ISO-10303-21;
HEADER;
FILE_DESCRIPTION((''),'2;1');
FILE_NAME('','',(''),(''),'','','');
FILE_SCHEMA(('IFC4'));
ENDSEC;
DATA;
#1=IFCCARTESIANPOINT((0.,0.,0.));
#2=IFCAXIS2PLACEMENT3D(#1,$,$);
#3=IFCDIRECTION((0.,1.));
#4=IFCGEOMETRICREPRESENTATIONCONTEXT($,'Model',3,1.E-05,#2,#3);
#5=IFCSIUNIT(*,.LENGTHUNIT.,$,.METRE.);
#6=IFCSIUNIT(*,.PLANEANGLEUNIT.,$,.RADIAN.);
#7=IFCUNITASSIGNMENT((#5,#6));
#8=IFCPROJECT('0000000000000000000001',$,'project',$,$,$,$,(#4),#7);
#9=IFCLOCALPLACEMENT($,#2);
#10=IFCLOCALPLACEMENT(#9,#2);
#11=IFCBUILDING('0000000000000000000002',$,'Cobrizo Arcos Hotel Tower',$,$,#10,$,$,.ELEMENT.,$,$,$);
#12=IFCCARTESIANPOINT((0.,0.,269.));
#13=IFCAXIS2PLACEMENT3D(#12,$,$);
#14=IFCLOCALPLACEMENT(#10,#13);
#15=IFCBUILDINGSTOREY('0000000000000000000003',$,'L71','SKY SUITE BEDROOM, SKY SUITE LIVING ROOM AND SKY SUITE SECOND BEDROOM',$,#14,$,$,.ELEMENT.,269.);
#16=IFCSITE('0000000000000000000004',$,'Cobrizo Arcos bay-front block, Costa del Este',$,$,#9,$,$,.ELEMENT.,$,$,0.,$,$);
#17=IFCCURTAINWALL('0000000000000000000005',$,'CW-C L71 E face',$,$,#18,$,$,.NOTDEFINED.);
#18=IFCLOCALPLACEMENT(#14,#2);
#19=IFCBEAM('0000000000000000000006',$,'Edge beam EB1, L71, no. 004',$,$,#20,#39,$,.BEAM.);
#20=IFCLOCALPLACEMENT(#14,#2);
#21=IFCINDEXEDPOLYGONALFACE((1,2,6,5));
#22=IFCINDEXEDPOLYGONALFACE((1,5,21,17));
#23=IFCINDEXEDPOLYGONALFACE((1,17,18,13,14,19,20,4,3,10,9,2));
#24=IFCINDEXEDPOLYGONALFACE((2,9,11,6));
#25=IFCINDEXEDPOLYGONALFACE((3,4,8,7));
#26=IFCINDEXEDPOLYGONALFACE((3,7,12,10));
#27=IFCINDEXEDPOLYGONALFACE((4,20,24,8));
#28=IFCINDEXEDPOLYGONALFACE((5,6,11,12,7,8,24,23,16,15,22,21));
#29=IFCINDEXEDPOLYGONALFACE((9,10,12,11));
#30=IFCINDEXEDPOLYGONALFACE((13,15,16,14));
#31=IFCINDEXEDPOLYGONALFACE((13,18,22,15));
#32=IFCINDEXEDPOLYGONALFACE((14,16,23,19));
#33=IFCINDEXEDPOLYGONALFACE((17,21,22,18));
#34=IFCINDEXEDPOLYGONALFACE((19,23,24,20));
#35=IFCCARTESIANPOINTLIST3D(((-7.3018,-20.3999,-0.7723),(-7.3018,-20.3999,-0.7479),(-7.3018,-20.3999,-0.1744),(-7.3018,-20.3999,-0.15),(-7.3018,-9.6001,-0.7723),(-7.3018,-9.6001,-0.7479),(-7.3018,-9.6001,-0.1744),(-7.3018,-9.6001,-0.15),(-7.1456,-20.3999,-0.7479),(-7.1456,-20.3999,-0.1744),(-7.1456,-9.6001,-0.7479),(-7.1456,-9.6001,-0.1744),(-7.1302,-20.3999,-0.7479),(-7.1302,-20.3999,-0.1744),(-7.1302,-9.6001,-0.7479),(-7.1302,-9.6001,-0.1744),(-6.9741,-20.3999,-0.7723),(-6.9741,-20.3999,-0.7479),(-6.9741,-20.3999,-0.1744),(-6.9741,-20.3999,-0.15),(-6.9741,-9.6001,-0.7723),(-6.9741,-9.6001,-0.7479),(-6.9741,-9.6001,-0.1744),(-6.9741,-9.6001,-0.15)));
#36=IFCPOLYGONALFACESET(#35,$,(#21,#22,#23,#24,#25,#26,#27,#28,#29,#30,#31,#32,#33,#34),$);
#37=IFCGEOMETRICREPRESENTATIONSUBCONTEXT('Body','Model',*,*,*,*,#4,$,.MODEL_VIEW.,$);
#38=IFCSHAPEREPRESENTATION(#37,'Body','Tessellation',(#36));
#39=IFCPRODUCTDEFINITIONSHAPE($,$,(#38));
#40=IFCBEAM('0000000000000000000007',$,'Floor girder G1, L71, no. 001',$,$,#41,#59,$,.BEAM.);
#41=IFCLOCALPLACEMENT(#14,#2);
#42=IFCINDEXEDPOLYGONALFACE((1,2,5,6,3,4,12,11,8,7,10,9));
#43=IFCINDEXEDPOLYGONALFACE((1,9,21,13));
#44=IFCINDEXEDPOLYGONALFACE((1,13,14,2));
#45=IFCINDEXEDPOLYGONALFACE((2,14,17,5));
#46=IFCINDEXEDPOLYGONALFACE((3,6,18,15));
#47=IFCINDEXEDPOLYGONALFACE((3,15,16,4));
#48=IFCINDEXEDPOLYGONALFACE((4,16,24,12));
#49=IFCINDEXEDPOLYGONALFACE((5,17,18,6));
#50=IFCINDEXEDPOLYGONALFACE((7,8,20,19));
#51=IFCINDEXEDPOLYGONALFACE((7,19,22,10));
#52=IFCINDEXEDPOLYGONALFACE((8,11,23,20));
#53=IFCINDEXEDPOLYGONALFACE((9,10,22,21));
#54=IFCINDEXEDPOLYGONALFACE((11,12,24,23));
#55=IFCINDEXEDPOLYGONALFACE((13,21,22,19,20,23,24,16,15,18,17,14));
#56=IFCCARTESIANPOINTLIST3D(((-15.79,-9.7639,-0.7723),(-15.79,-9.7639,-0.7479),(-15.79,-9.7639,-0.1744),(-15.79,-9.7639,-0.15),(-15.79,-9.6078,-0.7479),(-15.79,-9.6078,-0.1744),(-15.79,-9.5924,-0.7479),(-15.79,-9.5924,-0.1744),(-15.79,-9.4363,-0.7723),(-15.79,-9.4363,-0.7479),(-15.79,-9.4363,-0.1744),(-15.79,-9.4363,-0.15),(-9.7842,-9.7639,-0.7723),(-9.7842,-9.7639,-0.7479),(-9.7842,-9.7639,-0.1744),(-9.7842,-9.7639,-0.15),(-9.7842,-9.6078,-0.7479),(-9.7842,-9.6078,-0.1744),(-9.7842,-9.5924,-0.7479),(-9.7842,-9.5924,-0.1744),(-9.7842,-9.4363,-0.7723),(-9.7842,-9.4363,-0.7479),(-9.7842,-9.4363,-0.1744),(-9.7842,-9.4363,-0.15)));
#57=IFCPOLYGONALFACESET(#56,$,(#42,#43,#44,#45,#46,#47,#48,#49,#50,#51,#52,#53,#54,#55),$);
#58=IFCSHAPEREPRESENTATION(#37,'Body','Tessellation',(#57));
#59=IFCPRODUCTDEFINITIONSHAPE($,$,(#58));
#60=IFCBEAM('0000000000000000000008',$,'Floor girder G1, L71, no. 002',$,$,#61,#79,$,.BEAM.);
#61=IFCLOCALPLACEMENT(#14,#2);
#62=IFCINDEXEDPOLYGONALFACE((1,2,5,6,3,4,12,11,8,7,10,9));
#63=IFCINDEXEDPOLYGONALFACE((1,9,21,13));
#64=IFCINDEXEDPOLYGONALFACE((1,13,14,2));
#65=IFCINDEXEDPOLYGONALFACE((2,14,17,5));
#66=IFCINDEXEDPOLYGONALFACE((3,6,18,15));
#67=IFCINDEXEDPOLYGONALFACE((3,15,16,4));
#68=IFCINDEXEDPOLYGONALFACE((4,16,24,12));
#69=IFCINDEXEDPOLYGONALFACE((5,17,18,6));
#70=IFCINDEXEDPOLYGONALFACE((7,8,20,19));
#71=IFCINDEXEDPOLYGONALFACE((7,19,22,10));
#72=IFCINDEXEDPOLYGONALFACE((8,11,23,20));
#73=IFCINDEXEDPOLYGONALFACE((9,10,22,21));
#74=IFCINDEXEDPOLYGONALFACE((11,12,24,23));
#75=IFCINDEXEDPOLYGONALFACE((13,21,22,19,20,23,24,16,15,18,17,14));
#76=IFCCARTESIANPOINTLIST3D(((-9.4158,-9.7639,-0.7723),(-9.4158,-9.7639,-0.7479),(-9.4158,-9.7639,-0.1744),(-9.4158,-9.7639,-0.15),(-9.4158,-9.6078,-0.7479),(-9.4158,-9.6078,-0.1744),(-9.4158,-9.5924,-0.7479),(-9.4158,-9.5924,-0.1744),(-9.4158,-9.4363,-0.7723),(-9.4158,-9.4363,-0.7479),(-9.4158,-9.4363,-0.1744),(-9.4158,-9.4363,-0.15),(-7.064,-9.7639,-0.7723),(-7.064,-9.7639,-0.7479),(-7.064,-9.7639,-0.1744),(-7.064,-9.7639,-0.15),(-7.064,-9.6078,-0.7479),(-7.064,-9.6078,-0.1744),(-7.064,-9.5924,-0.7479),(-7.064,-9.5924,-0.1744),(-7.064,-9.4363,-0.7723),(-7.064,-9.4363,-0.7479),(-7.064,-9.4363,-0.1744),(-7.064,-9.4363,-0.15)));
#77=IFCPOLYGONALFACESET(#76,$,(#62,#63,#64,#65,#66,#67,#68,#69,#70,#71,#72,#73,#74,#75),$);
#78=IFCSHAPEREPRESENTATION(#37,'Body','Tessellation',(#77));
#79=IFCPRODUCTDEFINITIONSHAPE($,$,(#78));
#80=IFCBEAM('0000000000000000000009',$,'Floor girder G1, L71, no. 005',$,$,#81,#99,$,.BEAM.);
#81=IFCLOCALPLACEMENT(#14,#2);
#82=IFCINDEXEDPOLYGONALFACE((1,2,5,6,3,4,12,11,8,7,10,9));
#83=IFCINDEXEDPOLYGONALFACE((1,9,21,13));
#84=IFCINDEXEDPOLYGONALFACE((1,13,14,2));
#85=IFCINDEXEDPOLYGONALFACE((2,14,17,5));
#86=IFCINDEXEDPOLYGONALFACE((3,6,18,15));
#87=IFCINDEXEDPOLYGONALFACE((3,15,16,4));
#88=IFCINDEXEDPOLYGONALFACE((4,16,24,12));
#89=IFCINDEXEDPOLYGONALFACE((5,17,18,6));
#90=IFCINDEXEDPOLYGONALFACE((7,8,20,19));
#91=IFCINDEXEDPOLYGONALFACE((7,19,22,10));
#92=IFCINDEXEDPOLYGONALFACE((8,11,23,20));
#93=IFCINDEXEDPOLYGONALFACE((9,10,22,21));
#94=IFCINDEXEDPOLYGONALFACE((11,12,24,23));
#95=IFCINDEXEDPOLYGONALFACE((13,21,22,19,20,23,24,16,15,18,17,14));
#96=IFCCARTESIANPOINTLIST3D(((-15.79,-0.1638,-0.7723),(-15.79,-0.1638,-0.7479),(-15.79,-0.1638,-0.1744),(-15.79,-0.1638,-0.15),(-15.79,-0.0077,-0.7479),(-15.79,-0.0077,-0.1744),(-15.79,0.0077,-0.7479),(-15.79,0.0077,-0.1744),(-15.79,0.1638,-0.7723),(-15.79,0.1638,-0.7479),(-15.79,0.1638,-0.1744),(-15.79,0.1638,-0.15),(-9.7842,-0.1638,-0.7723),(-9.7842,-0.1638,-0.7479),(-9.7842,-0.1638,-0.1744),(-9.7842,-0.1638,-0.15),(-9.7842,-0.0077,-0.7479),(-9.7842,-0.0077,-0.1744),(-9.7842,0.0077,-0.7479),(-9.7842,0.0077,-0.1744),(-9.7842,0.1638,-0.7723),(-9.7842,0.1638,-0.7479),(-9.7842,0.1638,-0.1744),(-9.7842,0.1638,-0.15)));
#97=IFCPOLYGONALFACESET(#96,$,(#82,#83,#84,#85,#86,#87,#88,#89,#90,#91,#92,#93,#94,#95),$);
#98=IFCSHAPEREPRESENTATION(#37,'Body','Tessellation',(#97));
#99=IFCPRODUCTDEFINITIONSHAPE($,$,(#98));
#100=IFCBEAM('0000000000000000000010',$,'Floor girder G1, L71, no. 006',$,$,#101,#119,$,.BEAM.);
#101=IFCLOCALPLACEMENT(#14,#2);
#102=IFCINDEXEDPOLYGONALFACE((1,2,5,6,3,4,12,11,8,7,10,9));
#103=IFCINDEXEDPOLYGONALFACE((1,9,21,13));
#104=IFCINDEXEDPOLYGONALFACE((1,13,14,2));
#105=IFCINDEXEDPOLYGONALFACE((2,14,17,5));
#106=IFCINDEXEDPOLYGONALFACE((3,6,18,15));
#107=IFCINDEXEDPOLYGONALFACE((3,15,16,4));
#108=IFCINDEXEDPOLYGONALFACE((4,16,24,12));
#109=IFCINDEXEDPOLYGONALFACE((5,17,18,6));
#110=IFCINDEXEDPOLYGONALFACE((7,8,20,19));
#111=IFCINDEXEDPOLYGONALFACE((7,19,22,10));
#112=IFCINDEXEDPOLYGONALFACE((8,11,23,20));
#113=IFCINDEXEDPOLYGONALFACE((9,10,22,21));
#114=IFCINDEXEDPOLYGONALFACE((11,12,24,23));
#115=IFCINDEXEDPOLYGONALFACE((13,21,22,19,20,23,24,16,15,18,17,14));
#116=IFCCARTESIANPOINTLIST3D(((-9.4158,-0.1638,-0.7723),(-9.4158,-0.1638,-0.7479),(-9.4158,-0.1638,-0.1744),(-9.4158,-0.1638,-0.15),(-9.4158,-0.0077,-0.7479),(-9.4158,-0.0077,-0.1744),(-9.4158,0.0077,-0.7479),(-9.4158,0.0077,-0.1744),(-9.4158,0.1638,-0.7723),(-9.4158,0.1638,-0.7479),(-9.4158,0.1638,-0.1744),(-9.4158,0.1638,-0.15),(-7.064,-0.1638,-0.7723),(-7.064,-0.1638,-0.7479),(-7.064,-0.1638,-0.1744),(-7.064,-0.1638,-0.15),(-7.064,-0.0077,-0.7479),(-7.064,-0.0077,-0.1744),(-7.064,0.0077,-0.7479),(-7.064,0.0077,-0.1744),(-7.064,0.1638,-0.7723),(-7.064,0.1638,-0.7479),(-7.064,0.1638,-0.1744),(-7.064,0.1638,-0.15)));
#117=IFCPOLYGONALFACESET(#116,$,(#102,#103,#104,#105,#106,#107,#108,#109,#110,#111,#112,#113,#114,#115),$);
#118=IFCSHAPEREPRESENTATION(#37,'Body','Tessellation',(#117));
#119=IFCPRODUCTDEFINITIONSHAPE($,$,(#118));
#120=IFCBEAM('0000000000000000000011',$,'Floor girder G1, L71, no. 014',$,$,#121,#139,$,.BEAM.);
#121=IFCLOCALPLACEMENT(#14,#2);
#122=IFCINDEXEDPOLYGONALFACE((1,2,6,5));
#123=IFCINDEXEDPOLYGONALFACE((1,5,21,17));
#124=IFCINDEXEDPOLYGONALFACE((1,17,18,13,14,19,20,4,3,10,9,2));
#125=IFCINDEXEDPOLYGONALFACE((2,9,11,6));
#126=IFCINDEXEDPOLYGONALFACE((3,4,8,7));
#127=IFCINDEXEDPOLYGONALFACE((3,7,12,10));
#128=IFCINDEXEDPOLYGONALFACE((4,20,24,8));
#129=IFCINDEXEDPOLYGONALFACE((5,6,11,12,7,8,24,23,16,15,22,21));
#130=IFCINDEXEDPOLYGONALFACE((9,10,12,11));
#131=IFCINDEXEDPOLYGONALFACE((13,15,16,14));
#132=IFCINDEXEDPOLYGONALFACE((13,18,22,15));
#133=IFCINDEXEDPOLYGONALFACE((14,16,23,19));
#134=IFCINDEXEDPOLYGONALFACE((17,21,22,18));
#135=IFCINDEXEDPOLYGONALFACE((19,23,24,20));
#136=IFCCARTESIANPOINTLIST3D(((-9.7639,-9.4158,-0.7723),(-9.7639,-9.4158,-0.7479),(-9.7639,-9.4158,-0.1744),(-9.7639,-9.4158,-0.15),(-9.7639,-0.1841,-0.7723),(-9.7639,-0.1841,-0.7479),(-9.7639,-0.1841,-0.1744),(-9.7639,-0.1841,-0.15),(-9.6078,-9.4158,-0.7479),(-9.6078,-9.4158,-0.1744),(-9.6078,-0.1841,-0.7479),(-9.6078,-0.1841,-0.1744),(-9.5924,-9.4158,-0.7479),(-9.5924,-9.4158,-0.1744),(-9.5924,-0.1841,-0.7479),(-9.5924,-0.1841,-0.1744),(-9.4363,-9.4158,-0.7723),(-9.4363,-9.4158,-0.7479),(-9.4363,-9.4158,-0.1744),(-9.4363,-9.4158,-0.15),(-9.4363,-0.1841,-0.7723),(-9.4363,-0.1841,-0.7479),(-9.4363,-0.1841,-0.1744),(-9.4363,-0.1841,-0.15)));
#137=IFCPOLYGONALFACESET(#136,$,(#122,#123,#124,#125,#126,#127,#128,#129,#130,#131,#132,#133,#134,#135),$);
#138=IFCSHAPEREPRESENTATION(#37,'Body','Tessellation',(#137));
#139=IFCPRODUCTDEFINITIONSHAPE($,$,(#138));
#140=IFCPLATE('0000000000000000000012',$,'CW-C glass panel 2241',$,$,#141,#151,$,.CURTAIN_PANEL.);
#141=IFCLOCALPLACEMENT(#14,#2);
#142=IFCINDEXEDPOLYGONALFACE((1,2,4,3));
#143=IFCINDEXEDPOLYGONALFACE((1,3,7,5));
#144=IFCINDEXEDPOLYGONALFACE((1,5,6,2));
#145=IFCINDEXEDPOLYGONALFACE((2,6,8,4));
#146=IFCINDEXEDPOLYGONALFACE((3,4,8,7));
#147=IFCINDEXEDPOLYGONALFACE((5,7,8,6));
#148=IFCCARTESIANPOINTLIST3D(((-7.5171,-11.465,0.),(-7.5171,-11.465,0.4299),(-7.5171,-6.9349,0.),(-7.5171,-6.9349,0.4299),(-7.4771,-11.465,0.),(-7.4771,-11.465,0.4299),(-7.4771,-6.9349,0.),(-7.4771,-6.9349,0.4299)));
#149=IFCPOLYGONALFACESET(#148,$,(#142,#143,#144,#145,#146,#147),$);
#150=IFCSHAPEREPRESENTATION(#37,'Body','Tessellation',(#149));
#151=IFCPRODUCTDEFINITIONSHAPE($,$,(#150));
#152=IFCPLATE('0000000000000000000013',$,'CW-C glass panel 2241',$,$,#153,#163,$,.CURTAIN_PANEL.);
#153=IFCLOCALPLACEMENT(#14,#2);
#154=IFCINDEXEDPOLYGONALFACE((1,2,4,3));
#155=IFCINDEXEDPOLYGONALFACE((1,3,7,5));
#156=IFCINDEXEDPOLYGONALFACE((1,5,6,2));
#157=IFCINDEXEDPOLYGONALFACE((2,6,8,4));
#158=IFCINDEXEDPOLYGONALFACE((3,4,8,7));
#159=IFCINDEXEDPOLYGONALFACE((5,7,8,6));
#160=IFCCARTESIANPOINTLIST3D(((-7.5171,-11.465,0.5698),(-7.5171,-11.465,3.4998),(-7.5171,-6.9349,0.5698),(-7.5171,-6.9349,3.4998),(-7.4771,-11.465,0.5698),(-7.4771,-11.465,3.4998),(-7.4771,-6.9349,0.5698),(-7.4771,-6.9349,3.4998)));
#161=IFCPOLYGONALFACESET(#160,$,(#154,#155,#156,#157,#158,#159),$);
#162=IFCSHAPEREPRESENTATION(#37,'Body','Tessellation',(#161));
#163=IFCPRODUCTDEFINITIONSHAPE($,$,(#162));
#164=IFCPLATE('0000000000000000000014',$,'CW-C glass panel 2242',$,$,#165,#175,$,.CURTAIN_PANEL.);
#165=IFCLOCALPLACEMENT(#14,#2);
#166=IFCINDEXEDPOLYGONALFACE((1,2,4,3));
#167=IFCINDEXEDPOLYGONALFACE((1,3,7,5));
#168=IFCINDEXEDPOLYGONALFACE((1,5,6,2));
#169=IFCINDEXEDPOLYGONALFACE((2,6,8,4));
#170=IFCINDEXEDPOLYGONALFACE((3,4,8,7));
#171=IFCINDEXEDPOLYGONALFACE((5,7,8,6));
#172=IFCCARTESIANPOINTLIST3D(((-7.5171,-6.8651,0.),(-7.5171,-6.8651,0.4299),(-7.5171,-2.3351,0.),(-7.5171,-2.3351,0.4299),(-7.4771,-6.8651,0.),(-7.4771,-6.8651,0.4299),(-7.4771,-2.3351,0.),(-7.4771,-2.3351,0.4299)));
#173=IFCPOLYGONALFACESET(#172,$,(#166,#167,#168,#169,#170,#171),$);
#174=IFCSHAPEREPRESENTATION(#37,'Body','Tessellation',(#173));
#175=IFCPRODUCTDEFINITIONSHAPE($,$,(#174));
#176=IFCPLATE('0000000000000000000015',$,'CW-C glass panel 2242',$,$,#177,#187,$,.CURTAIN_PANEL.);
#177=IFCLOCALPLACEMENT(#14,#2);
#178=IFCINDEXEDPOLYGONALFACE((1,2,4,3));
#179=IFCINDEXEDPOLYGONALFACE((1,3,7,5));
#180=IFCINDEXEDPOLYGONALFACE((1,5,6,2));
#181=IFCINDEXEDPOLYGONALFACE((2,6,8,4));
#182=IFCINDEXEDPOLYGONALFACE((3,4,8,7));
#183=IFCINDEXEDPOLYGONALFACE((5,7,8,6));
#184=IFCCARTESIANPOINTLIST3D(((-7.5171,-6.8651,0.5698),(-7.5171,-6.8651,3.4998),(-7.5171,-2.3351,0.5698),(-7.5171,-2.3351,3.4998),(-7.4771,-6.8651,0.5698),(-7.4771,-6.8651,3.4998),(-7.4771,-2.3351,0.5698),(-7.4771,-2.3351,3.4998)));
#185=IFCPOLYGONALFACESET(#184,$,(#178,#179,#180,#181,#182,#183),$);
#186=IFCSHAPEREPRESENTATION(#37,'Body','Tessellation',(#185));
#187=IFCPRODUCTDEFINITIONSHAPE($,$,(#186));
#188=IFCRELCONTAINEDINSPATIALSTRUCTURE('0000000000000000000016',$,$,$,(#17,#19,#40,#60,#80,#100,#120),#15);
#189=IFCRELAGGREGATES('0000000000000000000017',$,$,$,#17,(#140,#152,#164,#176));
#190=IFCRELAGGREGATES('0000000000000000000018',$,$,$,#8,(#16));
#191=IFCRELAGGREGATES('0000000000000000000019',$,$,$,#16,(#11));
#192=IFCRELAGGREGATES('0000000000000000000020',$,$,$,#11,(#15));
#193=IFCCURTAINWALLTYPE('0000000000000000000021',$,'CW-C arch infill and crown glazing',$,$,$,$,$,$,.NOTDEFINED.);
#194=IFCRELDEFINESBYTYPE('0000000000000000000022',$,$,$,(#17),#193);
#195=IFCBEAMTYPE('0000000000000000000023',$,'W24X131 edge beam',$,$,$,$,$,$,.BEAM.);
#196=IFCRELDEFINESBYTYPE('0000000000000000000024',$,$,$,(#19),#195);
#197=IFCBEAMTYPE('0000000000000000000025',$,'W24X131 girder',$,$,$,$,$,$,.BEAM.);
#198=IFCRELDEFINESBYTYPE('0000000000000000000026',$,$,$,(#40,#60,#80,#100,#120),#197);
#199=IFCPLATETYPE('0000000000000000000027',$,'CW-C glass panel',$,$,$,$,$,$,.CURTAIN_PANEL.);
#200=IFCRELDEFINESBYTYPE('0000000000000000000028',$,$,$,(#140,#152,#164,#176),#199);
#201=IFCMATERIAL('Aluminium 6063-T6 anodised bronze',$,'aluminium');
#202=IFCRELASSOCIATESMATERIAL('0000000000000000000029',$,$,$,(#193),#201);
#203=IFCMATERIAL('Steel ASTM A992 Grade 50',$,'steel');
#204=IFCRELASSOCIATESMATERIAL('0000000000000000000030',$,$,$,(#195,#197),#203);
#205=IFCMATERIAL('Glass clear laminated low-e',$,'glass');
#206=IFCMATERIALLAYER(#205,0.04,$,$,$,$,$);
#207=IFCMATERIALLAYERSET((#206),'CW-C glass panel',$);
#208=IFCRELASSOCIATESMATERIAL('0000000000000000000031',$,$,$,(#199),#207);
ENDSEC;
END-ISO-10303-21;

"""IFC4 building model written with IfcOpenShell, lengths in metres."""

from ifc_helpers import new_model, si_unit, direction, frame, origin, origin_2d, place, context, subcontext, project, spatial, rectangle, i_section, extrude, material, layer, layer_set, material_profile, profile_set, type_object, element, aggregate, save


model = new_model("IFC4")

# Units and contexts
model_context = context("Model", 3, precision=1e-05, world=origin(), true_north=direction((0.0, 1.0)))
body_context = subcontext(model_context, "Body", "Model", "MODEL_VIEW")
ifc_project = project(units=[si_unit("LENGTHUNIT", "METRE"), si_unit("PLANEANGLEUNIT", "RADIAN")], contexts=[model_context])

# Site, building, storey
site_placement = place(None, origin())
site = spatial("IfcSite", under=ifc_project, at=site_placement, Name="Cobrizo Arcos bay-front block, Costa del Este", CompositionType="ELEMENT", RefElevation=0.0)
building_placement = place(site_placement, origin())
building = spatial("IfcBuilding", under=site, at=building_placement, Name="Cobrizo Arcos Hotel Tower", CompositionType="ELEMENT")
storey_placement = place(building_placement, frame((0.0, 0.0, 269.0)))
storey = spatial("IfcBuildingStorey", under=building, at=storey_placement, Name="L71", Description="SKY SUITE BEDROOM, SKY SUITE LIVING ROOM AND SKY SUITE SECOND BEDROOM", CompositionType="ELEMENT", Elevation=269.0)

# Shared definitions
ifc_material_1 = material(Name="Steel ASTM A992 Grade 50", Category="steel")

# Curtain wall
ifc_material_2 = material(Name="Aluminium 6063-T6 anodised bronze", Category="aluminium")
curtain_wall_type = type_object("IfcCurtainWallType", Name="CW-C arch infill and crown glazing", PredefinedType="NOTDEFINED", material=ifc_material_2)
curtain_wall_placement = place(storey_placement, origin())
curtain_wall = element("IfcCurtainWall", 1, at=curtain_wall_placement, inside=storey, type_object=curtain_wall_type, Name="CW-C L71 E face", PredefinedType="NOTDEFINED")

# Beams
ifc_material_profile_1 = material_profile(ifc_material_1, i_section(OverallWidth=0.3276, OverallDepth=0.6223, WebThickness=0.0154, FlangeThickness=0.0244, at=origin_2d()), Name="W24X131")
ifc_profile_set_1 = profile_set([ifc_material_profile_1], Name="Steel ASTM A992 Grade 50")
beam_type_1 = type_object("IfcBeamType", Name="W24X131 edge beam", PredefinedType="BEAM", material=ifc_profile_set_1)
beam_1_placement = place(storey_placement, frame((-7.1379, -9.6001, -0.4612), z_axis=(0.0, -1.0, 0.0), x_axis=(1.0, 0.0, 0.0)))
element("IfcBeam", 2, at=beam_1_placement, inside=storey, type_object=beam_type_1, Name="Edge beam EB1, L71, no. 004", PredefinedType="BEAM", context=body_context, shape_type="SweptSolid", body=[
    extrude(i_section(OverallWidth=0.3276, OverallDepth=0.6223, WebThickness=0.0154, FlangeThickness=0.0244, at=origin_2d()), origin(), (0.0, 0.0, 1.0), 10.7998),
])
ifc_material_profile_2 = material_profile(ifc_material_1, i_section(OverallWidth=0.3276, OverallDepth=0.6223, WebThickness=0.0154, FlangeThickness=0.0244, at=origin_2d()), Name="W24X131")
ifc_profile_set_2 = profile_set([ifc_material_profile_2], Name="Steel ASTM A992 Grade 50")
beam_type_2 = type_object("IfcBeamType", Name="W24X131 girder", PredefinedType="BEAM", material=ifc_profile_set_2)
beam_2_placement = place(storey_placement, frame((-15.79, -9.6001, -0.4612), z_axis=(1.0, 0.0, 0.0), x_axis=(0.0, 1.0, 0.0)))
element("IfcBeam", 3, at=beam_2_placement, inside=storey, type_object=beam_type_2, Name="Floor girder G1, L71, no. 001", PredefinedType="BEAM", context=body_context, shape_type="SweptSolid", body=[
    extrude(i_section(OverallWidth=0.3276, OverallDepth=0.6223, WebThickness=0.0154, FlangeThickness=0.0244, at=origin_2d()), origin(), (0.0, 0.0, 1.0), 6.0059),
])
beam_3_placement = place(storey_placement, frame((-9.4158, -9.6001, -0.4612), z_axis=(1.0, 0.0, 0.0), x_axis=(0.0, 1.0, 0.0)))
element("IfcBeam", 4, at=beam_3_placement, inside=storey, type_object=beam_type_2, Name="Floor girder G1, L71, no. 002", PredefinedType="BEAM", context=body_context, shape_type="SweptSolid", body=[
    extrude(i_section(OverallWidth=0.3276, OverallDepth=0.6223, WebThickness=0.0154, FlangeThickness=0.0244, at=origin_2d()), origin(), (0.0, 0.0, 1.0), 2.3518),
])
beam_4_placement = place(storey_placement, frame((-15.79, 0.0, -0.4612), z_axis=(1.0, 0.0, 0.0), x_axis=(0.0, 1.0, 0.0)))
element("IfcBeam", 5, at=beam_4_placement, inside=storey, type_object=beam_type_2, Name="Floor girder G1, L71, no. 005", PredefinedType="BEAM", context=body_context, shape_type="SweptSolid", body=[
    extrude(i_section(OverallWidth=0.3276, OverallDepth=0.6223, WebThickness=0.0154, FlangeThickness=0.0244, at=origin_2d()), origin(), (0.0, 0.0, 1.0), 6.0059),
])
beam_5_placement = place(storey_placement, frame((-9.4158, 0.0, -0.4612), z_axis=(1.0, 0.0, 0.0), x_axis=(0.0, 1.0, 0.0)))
element("IfcBeam", 6, at=beam_5_placement, inside=storey, type_object=beam_type_2, Name="Floor girder G1, L71, no. 006", PredefinedType="BEAM", context=body_context, shape_type="SweptSolid", body=[
    extrude(i_section(OverallWidth=0.3276, OverallDepth=0.6223, WebThickness=0.0154, FlangeThickness=0.0244, at=origin_2d()), origin(), (0.0, 0.0, 1.0), 2.3518),
])
beam_6_placement = place(storey_placement, frame((-9.6001, -9.4158, -0.4612), z_axis=(0.0, 1.0, 0.0), x_axis=(-1.0, 0.0, 0.0)))
element("IfcBeam", 7, at=beam_6_placement, inside=storey, type_object=beam_type_2, Name="Floor girder G1, L71, no. 014", PredefinedType="BEAM", context=body_context, shape_type="SweptSolid", body=[
    extrude(i_section(OverallWidth=0.3276, OverallDepth=0.6223, WebThickness=0.0154, FlangeThickness=0.0244, at=origin_2d()), origin(), (0.0, 0.0, 1.0), 9.2317),
])

# Plates
ifc_material_3 = material(Name="Glass clear laminated low-e", Category="glass")
ifc_layer_1 = layer(ifc_material_3, 0.04)
ifc_layer_set_1 = layer_set([ifc_layer_1], Name="CW-C glass panel")
plate_type = type_object("IfcPlateType", Name="CW-C glass panel", PredefinedType="CURTAIN_PANEL", material=ifc_layer_set_1)
plate_1_placement = place(storey_placement, frame((-7.4971, -9.2, 0.0), z_axis=(0.0, 0.0, 1.0), x_axis=(0.0, 1.0, 0.0)))
plate_1 = element("IfcPlate", 8, at=plate_1_placement, type_object=plate_type, Name="CW-C glass panel 2241", PredefinedType="CURTAIN_PANEL", context=body_context, shape_type="SweptSolid", body=[
    extrude(rectangle(XDim=4.53, YDim=0.04, at=origin_2d()), origin(), (0.0, 0.0, 1.0), 0.4299),
])
plate_2_placement = place(storey_placement, frame((-7.4971, -9.2, 0.5698), z_axis=(0.0, 0.0, 1.0), x_axis=(0.0, 1.0, 0.0)))
plate_2 = element("IfcPlate", 9, at=plate_2_placement, type_object=plate_type, Name="CW-C glass panel 2241", PredefinedType="CURTAIN_PANEL", context=body_context, shape_type="SweptSolid", body=[
    extrude(rectangle(XDim=4.53, YDim=0.04, at=origin_2d()), origin(), (0.0, 0.0, 1.0), 2.9299),
])
plate_3_placement = place(storey_placement, frame((-7.4971, -4.6001, 0.0), z_axis=(0.0, 0.0, 1.0), x_axis=(0.0, 1.0, 0.0)))
plate_3 = element("IfcPlate", 10, at=plate_3_placement, type_object=plate_type, Name="CW-C glass panel 2242", PredefinedType="CURTAIN_PANEL", context=body_context, shape_type="SweptSolid", body=[
    extrude(rectangle(XDim=4.53, YDim=0.04, at=origin_2d()), origin(), (0.0, 0.0, 1.0), 0.4299),
])
plate_4_placement = place(storey_placement, frame((-7.4971, -4.6001, 0.5698), z_axis=(0.0, 0.0, 1.0), x_axis=(0.0, 1.0, 0.0)))
plate_4 = element("IfcPlate", 11, at=plate_4_placement, type_object=plate_type, Name="CW-C glass panel 2242", PredefinedType="CURTAIN_PANEL", context=body_context, shape_type="SweptSolid", body=[
    extrude(rectangle(XDim=4.53, YDim=0.04, at=origin_2d()), origin(), (0.0, 0.0, 1.0), 2.9299),
])
aggregate(curtain_wall, [plate_1, plate_2, plate_3, plate_4])

save(model, "model.ifc")
